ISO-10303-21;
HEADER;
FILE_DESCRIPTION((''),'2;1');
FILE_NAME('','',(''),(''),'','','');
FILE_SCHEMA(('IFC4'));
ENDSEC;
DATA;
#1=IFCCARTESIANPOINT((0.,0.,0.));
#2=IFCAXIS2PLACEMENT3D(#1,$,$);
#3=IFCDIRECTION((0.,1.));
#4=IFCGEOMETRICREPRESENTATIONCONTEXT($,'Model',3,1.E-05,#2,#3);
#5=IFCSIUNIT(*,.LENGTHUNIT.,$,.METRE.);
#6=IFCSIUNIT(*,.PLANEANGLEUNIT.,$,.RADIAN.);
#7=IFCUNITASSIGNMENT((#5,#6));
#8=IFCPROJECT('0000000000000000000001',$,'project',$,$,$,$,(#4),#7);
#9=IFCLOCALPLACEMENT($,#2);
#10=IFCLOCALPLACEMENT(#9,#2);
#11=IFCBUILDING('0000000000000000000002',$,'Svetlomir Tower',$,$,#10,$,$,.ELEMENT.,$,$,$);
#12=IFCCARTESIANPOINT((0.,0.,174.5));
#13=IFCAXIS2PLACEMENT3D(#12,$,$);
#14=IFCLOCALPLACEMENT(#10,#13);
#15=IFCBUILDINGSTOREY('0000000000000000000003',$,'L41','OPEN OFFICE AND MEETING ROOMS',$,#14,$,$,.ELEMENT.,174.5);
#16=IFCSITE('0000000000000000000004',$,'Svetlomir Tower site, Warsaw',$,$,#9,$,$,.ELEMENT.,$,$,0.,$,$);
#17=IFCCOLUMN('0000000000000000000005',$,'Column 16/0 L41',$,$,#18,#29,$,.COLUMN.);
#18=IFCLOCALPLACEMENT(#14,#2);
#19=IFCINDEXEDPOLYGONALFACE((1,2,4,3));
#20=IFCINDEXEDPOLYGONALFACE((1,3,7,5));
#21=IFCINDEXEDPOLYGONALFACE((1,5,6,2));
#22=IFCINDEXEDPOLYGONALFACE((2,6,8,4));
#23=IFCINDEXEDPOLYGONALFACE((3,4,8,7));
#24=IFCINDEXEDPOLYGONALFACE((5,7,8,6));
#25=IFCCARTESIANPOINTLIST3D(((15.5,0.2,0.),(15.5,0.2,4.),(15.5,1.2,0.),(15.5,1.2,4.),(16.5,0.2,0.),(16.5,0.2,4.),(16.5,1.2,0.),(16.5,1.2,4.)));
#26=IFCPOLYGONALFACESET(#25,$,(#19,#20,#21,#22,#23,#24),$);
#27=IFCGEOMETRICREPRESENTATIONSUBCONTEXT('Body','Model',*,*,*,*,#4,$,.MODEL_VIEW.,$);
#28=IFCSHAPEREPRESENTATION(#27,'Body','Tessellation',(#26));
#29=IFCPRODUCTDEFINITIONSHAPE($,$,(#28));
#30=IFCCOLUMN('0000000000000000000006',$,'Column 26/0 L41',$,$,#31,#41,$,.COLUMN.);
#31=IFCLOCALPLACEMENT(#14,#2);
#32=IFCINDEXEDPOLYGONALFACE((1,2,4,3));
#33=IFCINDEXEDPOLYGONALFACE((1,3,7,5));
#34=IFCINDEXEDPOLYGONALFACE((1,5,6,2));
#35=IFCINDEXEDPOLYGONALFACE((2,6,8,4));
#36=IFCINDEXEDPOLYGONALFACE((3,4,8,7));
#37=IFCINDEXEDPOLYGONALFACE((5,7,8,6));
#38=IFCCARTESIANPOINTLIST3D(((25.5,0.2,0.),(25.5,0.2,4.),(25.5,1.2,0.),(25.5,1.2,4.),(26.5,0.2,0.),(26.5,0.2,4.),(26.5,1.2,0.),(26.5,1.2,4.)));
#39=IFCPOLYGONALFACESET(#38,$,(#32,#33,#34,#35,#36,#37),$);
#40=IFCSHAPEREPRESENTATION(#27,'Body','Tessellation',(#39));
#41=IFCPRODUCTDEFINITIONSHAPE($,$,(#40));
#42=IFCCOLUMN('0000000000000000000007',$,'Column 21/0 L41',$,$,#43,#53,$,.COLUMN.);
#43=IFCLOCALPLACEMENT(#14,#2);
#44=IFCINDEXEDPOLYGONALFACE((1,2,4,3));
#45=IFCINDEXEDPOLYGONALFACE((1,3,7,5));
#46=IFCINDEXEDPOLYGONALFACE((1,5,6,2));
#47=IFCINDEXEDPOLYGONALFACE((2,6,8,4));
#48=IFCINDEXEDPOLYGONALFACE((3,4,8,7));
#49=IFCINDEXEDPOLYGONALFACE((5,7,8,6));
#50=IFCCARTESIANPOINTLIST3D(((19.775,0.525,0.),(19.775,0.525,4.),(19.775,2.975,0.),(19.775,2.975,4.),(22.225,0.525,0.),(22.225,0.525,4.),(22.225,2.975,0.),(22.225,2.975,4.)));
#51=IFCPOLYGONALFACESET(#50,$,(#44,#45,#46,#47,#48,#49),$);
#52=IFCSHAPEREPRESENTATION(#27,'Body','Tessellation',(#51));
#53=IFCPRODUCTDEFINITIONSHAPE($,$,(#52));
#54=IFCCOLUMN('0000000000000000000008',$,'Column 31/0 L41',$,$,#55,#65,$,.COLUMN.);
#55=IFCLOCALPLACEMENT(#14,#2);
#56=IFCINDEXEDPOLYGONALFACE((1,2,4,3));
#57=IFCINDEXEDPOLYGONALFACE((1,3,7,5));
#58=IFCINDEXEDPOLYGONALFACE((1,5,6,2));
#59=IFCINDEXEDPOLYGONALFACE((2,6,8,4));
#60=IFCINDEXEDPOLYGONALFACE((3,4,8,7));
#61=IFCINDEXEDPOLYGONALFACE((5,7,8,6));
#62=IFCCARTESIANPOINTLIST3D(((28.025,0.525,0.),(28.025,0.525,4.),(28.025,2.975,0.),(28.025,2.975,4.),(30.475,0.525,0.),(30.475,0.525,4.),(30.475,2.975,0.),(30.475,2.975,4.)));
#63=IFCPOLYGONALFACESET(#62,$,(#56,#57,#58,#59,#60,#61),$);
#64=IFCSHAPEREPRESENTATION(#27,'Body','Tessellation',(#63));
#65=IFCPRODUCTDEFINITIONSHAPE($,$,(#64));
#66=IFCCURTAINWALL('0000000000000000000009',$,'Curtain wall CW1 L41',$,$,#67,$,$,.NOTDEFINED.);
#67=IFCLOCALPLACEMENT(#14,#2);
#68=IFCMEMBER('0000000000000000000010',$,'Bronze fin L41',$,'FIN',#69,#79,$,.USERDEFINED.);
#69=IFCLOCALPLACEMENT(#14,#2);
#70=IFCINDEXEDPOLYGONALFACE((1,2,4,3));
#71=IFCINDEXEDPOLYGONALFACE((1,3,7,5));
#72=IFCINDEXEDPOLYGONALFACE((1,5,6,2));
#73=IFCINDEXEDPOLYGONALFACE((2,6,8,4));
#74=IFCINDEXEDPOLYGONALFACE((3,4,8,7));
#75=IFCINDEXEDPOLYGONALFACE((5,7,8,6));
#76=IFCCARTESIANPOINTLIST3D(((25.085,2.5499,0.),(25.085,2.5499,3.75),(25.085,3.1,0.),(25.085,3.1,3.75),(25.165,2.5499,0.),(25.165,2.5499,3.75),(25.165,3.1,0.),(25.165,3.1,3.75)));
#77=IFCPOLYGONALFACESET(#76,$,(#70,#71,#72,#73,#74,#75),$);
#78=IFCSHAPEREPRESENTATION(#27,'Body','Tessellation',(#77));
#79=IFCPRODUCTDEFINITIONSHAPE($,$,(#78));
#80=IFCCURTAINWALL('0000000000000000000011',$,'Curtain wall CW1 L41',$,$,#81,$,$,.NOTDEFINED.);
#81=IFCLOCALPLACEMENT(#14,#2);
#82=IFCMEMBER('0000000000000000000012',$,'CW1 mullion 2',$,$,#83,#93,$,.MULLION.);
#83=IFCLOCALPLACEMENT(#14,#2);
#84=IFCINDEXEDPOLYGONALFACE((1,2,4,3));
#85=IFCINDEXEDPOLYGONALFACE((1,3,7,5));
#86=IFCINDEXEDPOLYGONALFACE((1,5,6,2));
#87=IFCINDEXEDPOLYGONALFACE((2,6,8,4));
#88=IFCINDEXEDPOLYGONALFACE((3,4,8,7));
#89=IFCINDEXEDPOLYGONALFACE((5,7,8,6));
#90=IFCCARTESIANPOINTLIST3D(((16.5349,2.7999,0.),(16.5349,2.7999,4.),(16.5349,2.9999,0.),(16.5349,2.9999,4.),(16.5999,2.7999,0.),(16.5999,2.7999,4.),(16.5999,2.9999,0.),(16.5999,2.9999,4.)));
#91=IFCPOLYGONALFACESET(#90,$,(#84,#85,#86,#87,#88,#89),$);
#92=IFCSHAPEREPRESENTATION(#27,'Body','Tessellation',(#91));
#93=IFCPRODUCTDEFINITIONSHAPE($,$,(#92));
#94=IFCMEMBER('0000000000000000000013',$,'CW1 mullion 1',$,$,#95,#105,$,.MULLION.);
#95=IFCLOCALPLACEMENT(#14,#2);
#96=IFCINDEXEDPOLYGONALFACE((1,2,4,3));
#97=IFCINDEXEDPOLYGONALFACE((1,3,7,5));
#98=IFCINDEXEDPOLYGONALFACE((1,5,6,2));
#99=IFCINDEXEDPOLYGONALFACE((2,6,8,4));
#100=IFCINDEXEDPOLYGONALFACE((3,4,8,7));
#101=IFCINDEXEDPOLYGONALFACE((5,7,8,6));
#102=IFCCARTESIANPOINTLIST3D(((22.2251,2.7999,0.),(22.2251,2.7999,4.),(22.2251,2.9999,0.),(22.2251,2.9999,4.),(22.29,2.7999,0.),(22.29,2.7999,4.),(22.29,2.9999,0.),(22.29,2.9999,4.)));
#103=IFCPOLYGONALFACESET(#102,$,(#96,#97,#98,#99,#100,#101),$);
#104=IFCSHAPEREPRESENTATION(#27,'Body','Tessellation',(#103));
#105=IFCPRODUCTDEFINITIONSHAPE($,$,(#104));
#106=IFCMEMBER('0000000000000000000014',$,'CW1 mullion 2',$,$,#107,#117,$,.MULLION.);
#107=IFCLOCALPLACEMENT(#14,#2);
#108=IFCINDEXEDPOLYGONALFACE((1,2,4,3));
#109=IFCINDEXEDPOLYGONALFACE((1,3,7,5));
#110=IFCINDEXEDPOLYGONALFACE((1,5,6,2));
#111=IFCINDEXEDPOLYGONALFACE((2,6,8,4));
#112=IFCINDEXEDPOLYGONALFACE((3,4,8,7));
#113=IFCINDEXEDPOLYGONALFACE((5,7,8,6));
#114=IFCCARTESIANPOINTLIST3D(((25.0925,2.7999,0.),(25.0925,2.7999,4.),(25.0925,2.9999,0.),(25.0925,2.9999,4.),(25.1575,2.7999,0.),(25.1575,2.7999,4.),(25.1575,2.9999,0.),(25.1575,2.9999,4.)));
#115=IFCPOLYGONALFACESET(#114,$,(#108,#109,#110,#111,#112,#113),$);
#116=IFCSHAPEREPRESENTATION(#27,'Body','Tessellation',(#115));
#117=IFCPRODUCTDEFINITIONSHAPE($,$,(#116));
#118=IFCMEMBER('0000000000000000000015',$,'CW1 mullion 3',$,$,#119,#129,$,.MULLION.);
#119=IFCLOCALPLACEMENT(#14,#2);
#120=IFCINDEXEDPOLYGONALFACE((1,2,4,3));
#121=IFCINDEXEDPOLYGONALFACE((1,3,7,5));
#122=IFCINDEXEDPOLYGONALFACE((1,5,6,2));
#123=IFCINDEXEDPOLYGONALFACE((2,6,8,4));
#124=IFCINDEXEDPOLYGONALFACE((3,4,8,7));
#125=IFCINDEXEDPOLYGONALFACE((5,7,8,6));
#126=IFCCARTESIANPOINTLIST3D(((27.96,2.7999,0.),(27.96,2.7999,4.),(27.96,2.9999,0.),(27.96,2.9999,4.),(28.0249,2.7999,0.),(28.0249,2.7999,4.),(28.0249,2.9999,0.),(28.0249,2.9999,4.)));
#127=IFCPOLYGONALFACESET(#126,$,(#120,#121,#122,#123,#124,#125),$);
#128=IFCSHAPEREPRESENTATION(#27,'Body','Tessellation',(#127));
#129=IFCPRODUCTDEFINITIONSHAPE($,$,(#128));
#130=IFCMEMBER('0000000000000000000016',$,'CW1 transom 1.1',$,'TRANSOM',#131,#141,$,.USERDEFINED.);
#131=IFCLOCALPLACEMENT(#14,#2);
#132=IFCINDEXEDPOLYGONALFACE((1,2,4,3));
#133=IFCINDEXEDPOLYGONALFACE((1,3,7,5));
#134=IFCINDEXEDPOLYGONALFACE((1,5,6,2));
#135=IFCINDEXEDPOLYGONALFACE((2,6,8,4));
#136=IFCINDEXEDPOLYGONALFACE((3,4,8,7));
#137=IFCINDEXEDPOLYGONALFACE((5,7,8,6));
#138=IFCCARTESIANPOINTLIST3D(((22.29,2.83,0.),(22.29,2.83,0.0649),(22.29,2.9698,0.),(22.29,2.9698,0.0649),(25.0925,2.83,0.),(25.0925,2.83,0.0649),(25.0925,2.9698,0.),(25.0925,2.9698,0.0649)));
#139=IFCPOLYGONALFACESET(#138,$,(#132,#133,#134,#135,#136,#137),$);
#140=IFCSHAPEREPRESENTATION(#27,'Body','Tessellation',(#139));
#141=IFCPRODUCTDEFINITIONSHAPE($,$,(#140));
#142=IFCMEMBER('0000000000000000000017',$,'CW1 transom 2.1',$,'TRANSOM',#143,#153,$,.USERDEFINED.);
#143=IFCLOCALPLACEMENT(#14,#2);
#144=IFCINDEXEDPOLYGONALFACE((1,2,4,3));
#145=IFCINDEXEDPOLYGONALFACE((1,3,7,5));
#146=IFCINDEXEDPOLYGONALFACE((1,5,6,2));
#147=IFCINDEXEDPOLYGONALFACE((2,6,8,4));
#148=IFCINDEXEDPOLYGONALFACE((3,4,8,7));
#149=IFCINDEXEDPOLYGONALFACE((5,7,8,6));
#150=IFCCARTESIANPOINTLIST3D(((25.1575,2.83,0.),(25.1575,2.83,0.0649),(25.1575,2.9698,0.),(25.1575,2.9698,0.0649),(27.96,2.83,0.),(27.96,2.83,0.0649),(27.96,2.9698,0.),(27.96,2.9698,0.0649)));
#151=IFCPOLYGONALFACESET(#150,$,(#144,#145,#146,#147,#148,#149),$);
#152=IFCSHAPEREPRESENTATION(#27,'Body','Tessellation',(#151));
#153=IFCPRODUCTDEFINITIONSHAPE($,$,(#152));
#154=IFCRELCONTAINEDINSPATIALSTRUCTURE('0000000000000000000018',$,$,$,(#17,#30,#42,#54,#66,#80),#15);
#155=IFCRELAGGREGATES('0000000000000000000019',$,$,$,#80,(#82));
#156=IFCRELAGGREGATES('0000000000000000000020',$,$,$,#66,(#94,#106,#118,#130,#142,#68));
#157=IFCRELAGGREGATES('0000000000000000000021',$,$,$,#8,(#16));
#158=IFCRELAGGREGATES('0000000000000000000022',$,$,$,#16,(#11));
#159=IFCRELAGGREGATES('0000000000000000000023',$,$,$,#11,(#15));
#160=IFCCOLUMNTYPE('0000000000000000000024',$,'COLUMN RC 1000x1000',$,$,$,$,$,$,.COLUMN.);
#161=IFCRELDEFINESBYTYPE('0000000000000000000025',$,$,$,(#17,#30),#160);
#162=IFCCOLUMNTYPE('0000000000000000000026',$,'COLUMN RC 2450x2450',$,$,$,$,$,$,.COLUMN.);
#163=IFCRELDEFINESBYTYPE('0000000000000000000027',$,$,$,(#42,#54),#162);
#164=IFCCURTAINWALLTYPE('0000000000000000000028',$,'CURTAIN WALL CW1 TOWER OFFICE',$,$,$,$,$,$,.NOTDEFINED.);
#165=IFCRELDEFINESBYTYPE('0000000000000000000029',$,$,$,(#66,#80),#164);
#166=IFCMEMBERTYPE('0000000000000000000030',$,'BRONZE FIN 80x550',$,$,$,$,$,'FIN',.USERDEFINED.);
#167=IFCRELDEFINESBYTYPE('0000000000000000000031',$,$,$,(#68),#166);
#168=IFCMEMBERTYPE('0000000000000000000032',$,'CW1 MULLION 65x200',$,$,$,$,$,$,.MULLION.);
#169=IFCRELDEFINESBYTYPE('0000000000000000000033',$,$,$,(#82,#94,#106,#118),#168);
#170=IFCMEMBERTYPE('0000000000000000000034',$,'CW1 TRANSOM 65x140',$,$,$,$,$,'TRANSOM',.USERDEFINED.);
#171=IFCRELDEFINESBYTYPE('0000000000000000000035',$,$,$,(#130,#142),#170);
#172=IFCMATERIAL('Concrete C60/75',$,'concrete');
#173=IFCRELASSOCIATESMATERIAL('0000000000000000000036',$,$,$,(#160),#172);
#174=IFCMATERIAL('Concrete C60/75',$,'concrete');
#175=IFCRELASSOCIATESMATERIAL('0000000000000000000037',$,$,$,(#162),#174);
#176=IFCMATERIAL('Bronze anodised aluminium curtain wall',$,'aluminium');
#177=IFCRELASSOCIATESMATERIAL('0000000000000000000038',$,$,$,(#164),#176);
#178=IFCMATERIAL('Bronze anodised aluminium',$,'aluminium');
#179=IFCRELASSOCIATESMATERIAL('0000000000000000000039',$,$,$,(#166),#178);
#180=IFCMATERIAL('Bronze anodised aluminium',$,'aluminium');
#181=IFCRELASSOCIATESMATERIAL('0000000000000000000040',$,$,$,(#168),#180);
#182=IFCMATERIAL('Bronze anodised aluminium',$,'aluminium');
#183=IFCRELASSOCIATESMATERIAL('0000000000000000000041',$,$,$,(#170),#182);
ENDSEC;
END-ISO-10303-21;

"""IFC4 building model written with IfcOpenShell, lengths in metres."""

from ifc_helpers import new_model, si_unit, direction, frame, origin, origin_2d, place, context, subcontext, project, spatial, rectangle, extrude, material, material_profile, profile_set, type_object, element, aggregate, save


model = new_model("IFC4")

# Units and contexts
model_context = context("Model", 3, precision=1e-05, world=origin(), true_north=direction((0.0, 1.0)))
body_context = subcontext(model_context, "Body", "Model", "MODEL_VIEW")
ifc_project = project(units=[si_unit("LENGTHUNIT", "METRE"), si_unit("PLANEANGLEUNIT", "RADIAN")], contexts=[model_context])

# Site, building, storey
site_placement = place(None, origin())
site = spatial("IfcSite", under=ifc_project, at=site_placement, Name="Svetlomir Tower site, Warsaw", CompositionType="ELEMENT", RefElevation=0.0)
building_placement = place(site_placement, origin())
building = spatial("IfcBuilding", under=site, at=building_placement, Name="Svetlomir Tower", CompositionType="ELEMENT")
storey_placement = place(building_placement, frame((0.0, 0.0, 174.5)))
storey = spatial("IfcBuildingStorey", under=building, at=storey_placement, Name="L41", Description="OPEN OFFICE AND MEETING ROOMS", CompositionType="ELEMENT", Elevation=174.5)

# Columns
ifc_material_1 = material(Name="Concrete C60/75", Category="concrete")
ifc_material_profile_1 = material_profile(ifc_material_1, rectangle(XDim=1.0, YDim=1.0, at=origin_2d()), Name="RC 1000x1000")
ifc_profile_set_1 = profile_set([ifc_material_profile_1], Name="Concrete C60/75")
column_type_1 = type_object("IfcColumnType", Name="COLUMN RC 1000x1000", PredefinedType="COLUMN", material=ifc_profile_set_1)
for number, where, z_axis, x_axis, name in (
    (1, (16.0, 0.7, 0.0), (0.0, 0.0, 1.0), (1.0, 0.0, 0.0), "Column 16/0 L41"),
    (2, (26.0, 0.7, 0.0), (0.0, 0.0, 1.0), (1.0, 0.0, 0.0), "Column 26/0 L41"),
):
    element("IfcColumn", number, at=place(storey_placement, frame(where, z_axis=z_axis, x_axis=x_axis)), inside=storey, type_object=column_type_1, Name=name, PredefinedType="COLUMN", context=body_context, shape_type="SweptSolid", body=[
        extrude(rectangle(XDim=1.0, YDim=1.0, at=origin_2d()), origin(), (0.0, 0.0, 1.0), 4.0),
    ])
ifc_material_2 = material(Name="Concrete C60/75", Category="concrete")
ifc_material_profile_2 = material_profile(ifc_material_2, rectangle(XDim=2.45, YDim=2.45, at=origin_2d()), Name="RC 2450x2450")
ifc_profile_set_2 = profile_set([ifc_material_profile_2], Name="Concrete C60/75")
column_type_2 = type_object("IfcColumnType", Name="COLUMN RC 2450x2450", PredefinedType="COLUMN", material=ifc_profile_set_2)
for number, where, z_axis, x_axis, name in (
    (3, (21.0, 1.75, 0.0), (0.0, 0.0, 1.0), (1.0, 0.0, 0.0), "Column 21/0 L41"),
    (4, (29.25, 1.75, 0.0), (0.0, 0.0, 1.0), (1.0, 0.0, 0.0), "Column 31/0 L41"),
):
    element("IfcColumn", number, at=place(storey_placement, frame(where, z_axis=z_axis, x_axis=x_axis)), inside=storey, type_object=column_type_2, Name=name, PredefinedType="COLUMN", context=body_context, shape_type="SweptSolid", body=[
        extrude(rectangle(XDim=2.45, YDim=2.45, at=origin_2d()), origin(), (0.0, 0.0, 1.0), 4.0),
    ])

# Curtain walls, members
ifc_material_3 = material(Name="Bronze anodised aluminium curtain wall", Category="aluminium")
curtain_wall_type = type_object("IfcCurtainWallType", Name="CURTAIN WALL CW1 TOWER OFFICE", PredefinedType="NOTDEFINED", material=ifc_material_3)
curtain_wall_1_placement = place(storey_placement, origin())
curtain_wall_1 = element("IfcCurtainWall", 5, at=curtain_wall_1_placement, inside=storey, type_object=curtain_wall_type, Name="Curtain wall CW1 L41", PredefinedType="NOTDEFINED")
ifc_material_4 = material(Name="Bronze anodised aluminium", Category="aluminium")
ifc_material_profile_3 = material_profile(ifc_material_4, rectangle(XDim=0.0801, YDim=0.55, at=origin_2d()), Name="FIN 80x550")
ifc_profile_set_3 = profile_set([ifc_material_profile_3], Name="Bronze anodised aluminium 6063-T6")
member_type_1 = type_object("IfcMemberType", Name="BRONZE FIN 80x550", ElementType="FIN", PredefinedType="USERDEFINED", material=ifc_profile_set_3)
member_1_placement = place(storey_placement, frame((25.125, 2.825, 0.0), z_axis=(0.0, 0.0, 1.0), x_axis=(1.0, 0.0, 0.0)))
member_1 = element("IfcMember", 6, at=member_1_placement, type_object=member_type_1, Name="Bronze fin L41", ObjectType="FIN", PredefinedType="USERDEFINED", context=body_context, shape_type="SweptSolid", body=[
    extrude(rectangle(XDim=0.0801, YDim=0.55, at=origin_2d()), origin(), (0.0, 0.0, 1.0), 3.75),
])
curtain_wall_2_placement = place(storey_placement, origin())
curtain_wall_2 = element("IfcCurtainWall", 7, at=curtain_wall_2_placement, inside=storey, type_object=curtain_wall_type, Name="Curtain wall CW1 L41", PredefinedType="NOTDEFINED")
ifc_material_5 = material(Name="Bronze anodised aluminium", Category="aluminium")
ifc_material_profile_4 = material_profile(ifc_material_5, rectangle(XDim=0.0649, YDim=0.2, at=origin_2d()), Name="AL 65x200")
ifc_profile_set_4 = profile_set([ifc_material_profile_4], Name="Bronze anodised aluminium 6063-T6")
member_type_2 = type_object("IfcMemberType", Name="CW1 MULLION 65x200", PredefinedType="MULLION", material=ifc_profile_set_4)
member_2_placement = place(storey_placement, frame((16.5674, 2.8999, 0.0), z_axis=(0.0, 0.0, 1.0), x_axis=(1.0, 0.0, 0.0)))
member_2 = element("IfcMember", 8, at=member_2_placement, type_object=member_type_2, Name="CW1 mullion 2", PredefinedType="MULLION", context=body_context, shape_type="SweptSolid", body=[
    extrude(rectangle(XDim=0.0649, YDim=0.2, at=origin_2d()), origin(), (0.0, 0.0, 1.0), 4.0),
])

# Members
member_3_placement = place(storey_placement, frame((22.2576, 2.8999, 0.0), z_axis=(0.0, 0.0, 1.0), x_axis=(1.0, 0.0, 0.0)))
member_3 = element("IfcMember", 9, at=member_3_placement, type_object=member_type_2, Name="CW1 mullion 1", PredefinedType="MULLION", context=body_context, shape_type="SweptSolid", body=[
    extrude(rectangle(XDim=0.0649, YDim=0.2, at=origin_2d()), origin(), (0.0, 0.0, 1.0), 4.0),
])
member_4_placement = place(storey_placement, frame((25.125, 2.8999, 0.0), z_axis=(0.0, 0.0, 1.0), x_axis=(1.0, 0.0, 0.0)))
member_4 = element("IfcMember", 10, at=member_4_placement, type_object=member_type_2, Name="CW1 mullion 2", PredefinedType="MULLION", context=body_context, shape_type="SweptSolid", body=[
    extrude(rectangle(XDim=0.0649, YDim=0.2, at=origin_2d()), origin(), (0.0, 0.0, 1.0), 4.0),
])
member_5_placement = place(storey_placement, frame((27.9924, 2.8999, 0.0), z_axis=(0.0, 0.0, 1.0), x_axis=(1.0, 0.0, 0.0)))
member_5 = element("IfcMember", 11, at=member_5_placement, type_object=member_type_2, Name="CW1 mullion 3", PredefinedType="MULLION", context=body_context, shape_type="SweptSolid", body=[
    extrude(rectangle(XDim=0.0649, YDim=0.2, at=origin_2d()), origin(), (0.0, 0.0, 1.0), 4.0),
])
ifc_material_6 = material(Name="Bronze anodised aluminium", Category="aluminium")
ifc_material_profile_5 = material_profile(ifc_material_6, rectangle(XDim=0.1399, YDim=0.0649, at=origin_2d()), Name="AL 140x65")
ifc_profile_set_5 = profile_set([ifc_material_profile_5], Name="Bronze anodised aluminium 6063-T6")
member_type_3 = type_object("IfcMemberType", Name="CW1 TRANSOM 65x140", ElementType="TRANSOM", PredefinedType="USERDEFINED", material=ifc_profile_set_5)
member_6_placement = place(storey_placement, frame((22.29, 2.8999, 0.0325), z_axis=(1.0, 0.0, 0.0), x_axis=(0.0, 1.0, 0.0)))
member_6 = element("IfcMember", 12, at=member_6_placement, type_object=member_type_3, Name="CW1 transom 1.1", ObjectType="TRANSOM", PredefinedType="USERDEFINED", context=body_context, shape_type="SweptSolid", body=[
    extrude(rectangle(XDim=0.1399, YDim=0.0649, at=origin_2d()), origin(), (0.0, 0.0, 1.0), 2.8025),
])
member_7_placement = place(storey_placement, frame((25.1575, 2.8999, 0.0325), z_axis=(1.0, 0.0, 0.0), x_axis=(0.0, 1.0, 0.0)))
member_7 = element("IfcMember", 13, at=member_7_placement, type_object=member_type_3, Name="CW1 transom 2.1", ObjectType="TRANSOM", PredefinedType="USERDEFINED", context=body_context, shape_type="SweptSolid", body=[
    extrude(rectangle(XDim=0.1399, YDim=0.0649, at=origin_2d()), origin(), (0.0, 0.0, 1.0), 2.8025),
])

aggregate(curtain_wall_2, [member_2])
aggregate(curtain_wall_1, [member_3, member_4, member_5, member_6, member_7, member_1])

save(model, "model.ifc")
